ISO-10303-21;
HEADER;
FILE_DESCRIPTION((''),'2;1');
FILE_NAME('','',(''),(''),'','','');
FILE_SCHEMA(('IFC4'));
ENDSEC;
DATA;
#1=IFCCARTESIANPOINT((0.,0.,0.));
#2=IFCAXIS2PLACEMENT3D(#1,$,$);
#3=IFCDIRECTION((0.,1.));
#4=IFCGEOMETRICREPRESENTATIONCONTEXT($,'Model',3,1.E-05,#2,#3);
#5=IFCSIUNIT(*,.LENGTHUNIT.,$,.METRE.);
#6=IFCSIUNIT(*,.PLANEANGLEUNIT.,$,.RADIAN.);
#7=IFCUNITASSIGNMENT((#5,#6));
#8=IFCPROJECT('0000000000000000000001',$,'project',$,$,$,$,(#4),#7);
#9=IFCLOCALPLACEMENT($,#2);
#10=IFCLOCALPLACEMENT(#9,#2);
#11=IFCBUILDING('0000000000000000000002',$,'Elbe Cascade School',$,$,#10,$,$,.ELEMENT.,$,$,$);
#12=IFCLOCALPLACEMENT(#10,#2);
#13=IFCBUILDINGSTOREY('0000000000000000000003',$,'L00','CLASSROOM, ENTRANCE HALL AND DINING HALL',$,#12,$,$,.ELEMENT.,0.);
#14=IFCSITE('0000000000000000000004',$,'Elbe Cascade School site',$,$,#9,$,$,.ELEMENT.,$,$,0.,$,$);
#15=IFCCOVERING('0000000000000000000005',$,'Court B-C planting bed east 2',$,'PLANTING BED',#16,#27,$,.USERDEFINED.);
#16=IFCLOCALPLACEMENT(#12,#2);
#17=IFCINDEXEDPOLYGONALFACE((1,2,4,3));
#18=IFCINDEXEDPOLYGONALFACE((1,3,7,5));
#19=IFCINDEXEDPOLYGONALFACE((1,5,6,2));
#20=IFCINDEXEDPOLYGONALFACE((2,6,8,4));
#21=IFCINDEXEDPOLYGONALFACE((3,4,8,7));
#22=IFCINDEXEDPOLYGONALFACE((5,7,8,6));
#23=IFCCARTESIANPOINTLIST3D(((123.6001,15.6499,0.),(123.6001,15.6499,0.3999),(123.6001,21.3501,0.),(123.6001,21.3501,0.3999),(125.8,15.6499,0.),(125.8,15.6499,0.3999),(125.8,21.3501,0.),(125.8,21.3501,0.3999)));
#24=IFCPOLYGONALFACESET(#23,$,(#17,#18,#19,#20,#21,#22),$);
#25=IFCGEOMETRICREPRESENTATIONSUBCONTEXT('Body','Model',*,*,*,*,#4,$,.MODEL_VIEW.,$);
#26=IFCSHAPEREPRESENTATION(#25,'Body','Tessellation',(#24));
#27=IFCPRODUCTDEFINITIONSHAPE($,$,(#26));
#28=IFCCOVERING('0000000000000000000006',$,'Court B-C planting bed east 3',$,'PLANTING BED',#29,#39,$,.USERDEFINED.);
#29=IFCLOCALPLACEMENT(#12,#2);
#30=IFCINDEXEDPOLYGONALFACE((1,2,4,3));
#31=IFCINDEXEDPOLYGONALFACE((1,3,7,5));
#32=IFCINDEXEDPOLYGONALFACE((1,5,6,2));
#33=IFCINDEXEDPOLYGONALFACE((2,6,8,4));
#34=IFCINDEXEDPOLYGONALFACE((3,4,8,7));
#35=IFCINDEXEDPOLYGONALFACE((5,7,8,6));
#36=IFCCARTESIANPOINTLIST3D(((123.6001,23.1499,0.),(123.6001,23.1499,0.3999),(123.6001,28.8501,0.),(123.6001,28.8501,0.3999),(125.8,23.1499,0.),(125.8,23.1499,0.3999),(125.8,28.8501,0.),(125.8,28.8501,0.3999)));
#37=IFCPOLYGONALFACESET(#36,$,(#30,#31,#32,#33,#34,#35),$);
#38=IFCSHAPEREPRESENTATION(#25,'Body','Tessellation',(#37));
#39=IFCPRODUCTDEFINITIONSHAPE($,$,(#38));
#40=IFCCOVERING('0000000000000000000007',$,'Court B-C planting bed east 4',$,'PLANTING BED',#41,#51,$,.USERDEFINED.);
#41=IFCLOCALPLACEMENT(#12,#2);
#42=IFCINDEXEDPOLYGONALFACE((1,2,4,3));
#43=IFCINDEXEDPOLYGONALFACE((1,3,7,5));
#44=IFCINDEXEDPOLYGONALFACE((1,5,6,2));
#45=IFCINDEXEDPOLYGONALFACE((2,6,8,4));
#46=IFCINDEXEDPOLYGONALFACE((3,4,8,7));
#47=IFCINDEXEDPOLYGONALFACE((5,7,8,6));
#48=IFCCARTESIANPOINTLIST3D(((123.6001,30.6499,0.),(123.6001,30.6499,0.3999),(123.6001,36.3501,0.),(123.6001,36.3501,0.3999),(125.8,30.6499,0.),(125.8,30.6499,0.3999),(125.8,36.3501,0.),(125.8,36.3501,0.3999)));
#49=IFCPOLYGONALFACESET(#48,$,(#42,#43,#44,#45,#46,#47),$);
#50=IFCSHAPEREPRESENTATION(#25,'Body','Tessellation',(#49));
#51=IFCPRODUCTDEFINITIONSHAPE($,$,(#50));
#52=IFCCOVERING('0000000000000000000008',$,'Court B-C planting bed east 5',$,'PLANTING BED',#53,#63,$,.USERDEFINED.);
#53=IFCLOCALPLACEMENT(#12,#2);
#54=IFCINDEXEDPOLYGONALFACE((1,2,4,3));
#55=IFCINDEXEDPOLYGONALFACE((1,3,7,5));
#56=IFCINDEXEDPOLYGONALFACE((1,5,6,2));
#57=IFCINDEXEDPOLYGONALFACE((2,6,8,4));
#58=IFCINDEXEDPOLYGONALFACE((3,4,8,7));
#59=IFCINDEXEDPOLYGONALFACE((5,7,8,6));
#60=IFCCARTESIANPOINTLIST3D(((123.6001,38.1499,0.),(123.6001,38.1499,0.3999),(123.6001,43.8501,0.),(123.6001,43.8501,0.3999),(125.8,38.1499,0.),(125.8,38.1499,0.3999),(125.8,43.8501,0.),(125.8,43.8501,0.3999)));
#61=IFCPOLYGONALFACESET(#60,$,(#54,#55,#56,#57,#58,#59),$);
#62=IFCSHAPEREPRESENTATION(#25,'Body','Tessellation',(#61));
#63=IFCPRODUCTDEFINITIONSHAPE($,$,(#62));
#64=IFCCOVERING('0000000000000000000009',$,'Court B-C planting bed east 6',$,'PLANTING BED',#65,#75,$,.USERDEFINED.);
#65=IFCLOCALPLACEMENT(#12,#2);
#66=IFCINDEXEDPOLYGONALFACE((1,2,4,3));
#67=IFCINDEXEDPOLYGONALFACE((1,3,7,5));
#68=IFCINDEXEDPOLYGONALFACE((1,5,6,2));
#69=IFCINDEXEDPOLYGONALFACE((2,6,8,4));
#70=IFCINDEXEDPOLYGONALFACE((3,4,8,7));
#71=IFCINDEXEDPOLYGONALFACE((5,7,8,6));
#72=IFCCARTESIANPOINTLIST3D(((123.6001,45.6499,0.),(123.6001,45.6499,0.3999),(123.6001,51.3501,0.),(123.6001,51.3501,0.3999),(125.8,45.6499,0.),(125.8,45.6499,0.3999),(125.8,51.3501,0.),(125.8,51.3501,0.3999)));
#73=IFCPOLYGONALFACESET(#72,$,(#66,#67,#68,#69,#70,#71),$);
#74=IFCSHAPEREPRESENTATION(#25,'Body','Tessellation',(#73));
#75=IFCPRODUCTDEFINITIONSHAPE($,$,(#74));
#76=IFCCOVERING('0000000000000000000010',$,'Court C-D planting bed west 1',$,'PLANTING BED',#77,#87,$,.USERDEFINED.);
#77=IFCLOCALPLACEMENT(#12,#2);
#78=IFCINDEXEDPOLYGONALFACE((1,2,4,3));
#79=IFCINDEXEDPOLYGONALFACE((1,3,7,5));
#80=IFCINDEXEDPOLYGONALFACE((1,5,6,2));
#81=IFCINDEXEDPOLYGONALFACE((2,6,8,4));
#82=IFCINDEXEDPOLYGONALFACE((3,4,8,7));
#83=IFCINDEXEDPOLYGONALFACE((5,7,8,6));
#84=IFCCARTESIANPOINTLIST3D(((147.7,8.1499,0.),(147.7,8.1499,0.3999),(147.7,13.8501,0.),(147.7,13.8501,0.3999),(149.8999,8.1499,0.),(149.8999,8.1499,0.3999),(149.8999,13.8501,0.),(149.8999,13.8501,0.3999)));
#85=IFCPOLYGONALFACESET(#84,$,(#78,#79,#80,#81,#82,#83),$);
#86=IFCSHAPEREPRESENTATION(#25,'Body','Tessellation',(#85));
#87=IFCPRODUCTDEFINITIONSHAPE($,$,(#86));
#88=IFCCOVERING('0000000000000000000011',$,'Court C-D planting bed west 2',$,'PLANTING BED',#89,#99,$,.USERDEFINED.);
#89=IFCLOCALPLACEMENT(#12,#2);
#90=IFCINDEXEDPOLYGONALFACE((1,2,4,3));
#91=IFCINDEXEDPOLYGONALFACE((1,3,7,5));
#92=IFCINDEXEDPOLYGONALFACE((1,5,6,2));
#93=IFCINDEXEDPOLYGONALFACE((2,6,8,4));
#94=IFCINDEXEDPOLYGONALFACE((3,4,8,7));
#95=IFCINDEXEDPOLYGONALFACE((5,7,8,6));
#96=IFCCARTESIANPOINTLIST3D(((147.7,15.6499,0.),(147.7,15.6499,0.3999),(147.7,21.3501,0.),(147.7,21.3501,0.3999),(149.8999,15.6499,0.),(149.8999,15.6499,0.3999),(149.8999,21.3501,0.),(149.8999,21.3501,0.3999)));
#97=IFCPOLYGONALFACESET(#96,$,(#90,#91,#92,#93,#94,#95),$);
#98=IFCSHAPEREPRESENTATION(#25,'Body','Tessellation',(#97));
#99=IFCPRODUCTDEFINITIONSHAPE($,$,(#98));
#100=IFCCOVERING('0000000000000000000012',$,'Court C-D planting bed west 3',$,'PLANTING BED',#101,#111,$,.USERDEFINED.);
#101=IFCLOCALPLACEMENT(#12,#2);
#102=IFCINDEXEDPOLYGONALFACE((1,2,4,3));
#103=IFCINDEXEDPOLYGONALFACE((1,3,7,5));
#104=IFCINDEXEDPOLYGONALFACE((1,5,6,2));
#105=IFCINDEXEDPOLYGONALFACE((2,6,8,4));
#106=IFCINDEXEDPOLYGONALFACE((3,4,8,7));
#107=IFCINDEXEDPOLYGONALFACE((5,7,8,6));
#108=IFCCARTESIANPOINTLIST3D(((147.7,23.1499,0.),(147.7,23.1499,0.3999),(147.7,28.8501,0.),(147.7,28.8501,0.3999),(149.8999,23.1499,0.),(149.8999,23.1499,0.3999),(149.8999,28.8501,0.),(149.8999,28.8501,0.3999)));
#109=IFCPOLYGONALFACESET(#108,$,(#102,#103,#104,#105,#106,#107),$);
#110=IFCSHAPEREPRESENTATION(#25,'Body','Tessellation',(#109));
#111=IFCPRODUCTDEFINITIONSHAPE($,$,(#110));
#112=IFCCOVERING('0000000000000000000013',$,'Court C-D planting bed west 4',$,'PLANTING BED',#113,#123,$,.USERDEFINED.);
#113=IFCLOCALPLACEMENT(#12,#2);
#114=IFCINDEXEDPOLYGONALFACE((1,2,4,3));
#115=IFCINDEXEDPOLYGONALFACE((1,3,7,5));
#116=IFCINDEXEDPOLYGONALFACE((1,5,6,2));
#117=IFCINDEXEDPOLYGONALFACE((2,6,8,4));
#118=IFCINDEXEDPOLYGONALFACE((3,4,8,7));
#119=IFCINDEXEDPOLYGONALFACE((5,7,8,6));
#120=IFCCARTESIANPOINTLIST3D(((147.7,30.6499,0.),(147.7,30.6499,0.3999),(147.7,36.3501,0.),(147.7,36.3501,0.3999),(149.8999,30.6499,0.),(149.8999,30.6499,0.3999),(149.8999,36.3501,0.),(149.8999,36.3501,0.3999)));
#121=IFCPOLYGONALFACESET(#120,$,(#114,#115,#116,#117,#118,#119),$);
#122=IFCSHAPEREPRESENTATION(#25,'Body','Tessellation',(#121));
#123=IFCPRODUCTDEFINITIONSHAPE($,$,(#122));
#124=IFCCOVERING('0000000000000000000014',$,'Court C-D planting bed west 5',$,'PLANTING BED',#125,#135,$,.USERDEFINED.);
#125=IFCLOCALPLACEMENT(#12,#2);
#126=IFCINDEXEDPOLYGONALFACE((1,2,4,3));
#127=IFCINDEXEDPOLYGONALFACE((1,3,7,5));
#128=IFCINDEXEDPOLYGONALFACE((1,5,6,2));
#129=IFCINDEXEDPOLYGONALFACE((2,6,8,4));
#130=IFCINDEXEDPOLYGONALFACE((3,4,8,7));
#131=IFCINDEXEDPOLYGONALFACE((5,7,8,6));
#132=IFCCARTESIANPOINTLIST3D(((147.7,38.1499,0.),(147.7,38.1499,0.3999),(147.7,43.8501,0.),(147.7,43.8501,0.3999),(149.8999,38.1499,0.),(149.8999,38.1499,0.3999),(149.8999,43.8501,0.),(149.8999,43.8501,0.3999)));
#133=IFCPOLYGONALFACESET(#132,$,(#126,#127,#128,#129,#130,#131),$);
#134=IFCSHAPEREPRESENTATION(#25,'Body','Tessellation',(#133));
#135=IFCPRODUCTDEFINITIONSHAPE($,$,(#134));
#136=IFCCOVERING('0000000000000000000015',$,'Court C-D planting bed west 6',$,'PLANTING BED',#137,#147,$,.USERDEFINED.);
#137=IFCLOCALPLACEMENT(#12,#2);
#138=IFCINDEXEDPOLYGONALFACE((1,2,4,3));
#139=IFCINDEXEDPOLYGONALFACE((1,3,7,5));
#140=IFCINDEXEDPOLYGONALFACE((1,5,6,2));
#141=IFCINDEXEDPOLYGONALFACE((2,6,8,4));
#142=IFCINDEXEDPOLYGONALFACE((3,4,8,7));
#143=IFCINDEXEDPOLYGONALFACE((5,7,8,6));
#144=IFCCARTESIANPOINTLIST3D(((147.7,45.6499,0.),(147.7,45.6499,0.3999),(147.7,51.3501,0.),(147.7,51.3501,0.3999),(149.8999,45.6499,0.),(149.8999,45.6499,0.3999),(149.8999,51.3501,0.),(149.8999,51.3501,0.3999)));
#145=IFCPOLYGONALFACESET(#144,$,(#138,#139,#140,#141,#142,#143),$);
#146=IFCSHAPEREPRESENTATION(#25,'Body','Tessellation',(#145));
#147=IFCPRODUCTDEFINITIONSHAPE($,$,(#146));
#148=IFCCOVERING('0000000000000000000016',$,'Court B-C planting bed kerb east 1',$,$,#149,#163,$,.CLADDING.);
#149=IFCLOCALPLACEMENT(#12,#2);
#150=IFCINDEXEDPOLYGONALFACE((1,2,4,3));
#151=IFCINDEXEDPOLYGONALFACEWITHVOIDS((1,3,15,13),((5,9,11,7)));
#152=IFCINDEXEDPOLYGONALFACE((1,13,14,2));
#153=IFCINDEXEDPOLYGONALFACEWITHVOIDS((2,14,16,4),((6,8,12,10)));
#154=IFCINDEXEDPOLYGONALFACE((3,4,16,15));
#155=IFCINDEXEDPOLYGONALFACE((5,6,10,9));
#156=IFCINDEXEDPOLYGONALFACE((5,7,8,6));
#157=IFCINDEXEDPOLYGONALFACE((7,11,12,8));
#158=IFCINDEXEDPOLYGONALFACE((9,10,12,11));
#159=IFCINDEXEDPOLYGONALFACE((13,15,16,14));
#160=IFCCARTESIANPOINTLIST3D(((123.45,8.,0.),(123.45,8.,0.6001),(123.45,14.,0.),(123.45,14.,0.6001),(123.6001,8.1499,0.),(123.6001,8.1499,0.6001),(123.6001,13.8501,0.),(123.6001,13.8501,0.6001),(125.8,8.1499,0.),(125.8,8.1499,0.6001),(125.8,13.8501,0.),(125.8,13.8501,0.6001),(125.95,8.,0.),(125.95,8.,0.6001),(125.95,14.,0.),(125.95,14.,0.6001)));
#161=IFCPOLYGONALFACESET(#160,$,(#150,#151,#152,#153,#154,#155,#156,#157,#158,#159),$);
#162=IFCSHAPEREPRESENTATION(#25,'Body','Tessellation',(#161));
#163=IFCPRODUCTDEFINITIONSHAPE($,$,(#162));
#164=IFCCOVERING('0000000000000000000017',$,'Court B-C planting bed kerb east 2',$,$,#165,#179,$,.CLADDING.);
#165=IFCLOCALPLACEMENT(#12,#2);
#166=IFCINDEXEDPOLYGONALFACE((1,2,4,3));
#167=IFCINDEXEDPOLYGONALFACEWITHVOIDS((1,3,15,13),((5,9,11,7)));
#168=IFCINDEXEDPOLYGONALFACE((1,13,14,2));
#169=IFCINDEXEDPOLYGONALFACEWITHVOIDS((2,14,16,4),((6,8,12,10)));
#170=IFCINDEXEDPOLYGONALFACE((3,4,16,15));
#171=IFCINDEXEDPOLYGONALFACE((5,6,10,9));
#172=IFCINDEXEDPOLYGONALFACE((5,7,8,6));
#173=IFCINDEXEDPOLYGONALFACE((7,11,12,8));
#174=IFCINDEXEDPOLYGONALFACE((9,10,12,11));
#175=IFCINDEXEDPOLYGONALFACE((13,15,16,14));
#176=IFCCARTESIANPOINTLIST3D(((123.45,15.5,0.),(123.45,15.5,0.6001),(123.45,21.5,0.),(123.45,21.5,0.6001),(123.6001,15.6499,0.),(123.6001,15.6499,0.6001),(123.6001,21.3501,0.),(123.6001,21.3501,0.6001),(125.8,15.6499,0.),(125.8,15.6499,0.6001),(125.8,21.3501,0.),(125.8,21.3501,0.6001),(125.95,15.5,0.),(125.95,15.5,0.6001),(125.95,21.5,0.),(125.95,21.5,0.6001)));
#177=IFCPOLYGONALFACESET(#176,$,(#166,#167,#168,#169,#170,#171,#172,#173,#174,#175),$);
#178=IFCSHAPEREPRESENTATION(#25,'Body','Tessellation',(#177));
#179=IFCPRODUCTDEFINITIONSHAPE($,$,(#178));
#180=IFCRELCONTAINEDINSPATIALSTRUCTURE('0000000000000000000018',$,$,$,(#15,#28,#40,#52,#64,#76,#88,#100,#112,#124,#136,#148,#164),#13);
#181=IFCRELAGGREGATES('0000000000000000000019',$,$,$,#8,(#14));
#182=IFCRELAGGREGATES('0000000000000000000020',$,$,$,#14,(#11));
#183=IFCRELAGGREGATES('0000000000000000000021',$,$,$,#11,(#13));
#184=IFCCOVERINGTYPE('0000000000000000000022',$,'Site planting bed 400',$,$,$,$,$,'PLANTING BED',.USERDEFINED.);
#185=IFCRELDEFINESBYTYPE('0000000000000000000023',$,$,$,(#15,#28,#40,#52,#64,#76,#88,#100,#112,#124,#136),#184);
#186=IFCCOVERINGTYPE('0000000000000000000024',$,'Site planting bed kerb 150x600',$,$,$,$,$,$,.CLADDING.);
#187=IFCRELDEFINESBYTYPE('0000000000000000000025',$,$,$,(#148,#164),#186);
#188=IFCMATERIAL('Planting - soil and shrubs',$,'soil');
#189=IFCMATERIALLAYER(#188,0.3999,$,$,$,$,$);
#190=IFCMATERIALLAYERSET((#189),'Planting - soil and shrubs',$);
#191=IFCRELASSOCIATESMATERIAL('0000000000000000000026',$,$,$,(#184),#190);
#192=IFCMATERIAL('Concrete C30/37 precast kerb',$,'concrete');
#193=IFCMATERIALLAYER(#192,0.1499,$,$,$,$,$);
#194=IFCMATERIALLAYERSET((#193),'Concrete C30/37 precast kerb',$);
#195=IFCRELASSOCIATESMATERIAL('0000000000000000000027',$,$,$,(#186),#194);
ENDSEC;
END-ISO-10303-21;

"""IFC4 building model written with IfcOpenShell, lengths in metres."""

from ifc_helpers import new_model, si_unit, direction, origin, place, context, subcontext, project, spatial, polyline, outline, extrude, material, layer, layer_set, type_object, element, save


model = new_model("IFC4")

# Units and contexts
model_context = context("Model", 3, precision=1e-05, world=origin(), true_north=direction((0.0, 1.0)))
body_context = subcontext(model_context, "Body", "Model", "MODEL_VIEW")
ifc_project = project(units=[si_unit("LENGTHUNIT", "METRE"), si_unit("PLANEANGLEUNIT", "RADIAN")], contexts=[model_context])

# Site, building, storey
site_placement = place(None, origin())
site = spatial("IfcSite", under=ifc_project, at=site_placement, Name="Elbe Cascade School site", CompositionType="ELEMENT", RefElevation=0.0)
building_placement = place(site_placement, origin())
building = spatial("IfcBuilding", under=site, at=building_placement, Name="Elbe Cascade School", CompositionType="ELEMENT")
storey_placement = place(building_placement, origin())
storey = spatial("IfcBuildingStorey", under=building, at=storey_placement, Name="L00", Description="CLASSROOM, ENTRANCE HALL AND DINING HALL", CompositionType="ELEMENT", Elevation=0.0)

# Coverings
ifc_material_1 = material(Name="Planting - soil and shrubs", Category="soil")
ifc_layer_1 = layer(ifc_material_1, 0.3999)
ifc_layer_set_1 = layer_set([ifc_layer_1], Name="Planting - soil and shrubs")
covering_type_1 = type_object("IfcCoveringType", Name="Site planting bed 400", ElementType="PLANTING BED", PredefinedType="USERDEFINED", material=ifc_layer_set_1)
covering_1_placement = place(storey_placement, origin())
element("IfcCovering", 1, at=covering_1_placement, inside=storey, type_object=covering_type_1, Name="Court B-C planting bed east 2", ObjectType="PLANTING BED", PredefinedType="USERDEFINED", context=body_context, shape_type="SweptSolid", body=[
    extrude(outline(polyline([(123.6001, 15.6499), (125.8, 15.6499), (125.8, 21.3501), (123.6001, 21.3501), (123.6001, 15.6499)])), origin(), (0.0, 0.0, 1.0), 0.3999),
])
covering_2_placement = place(storey_placement, origin())
element("IfcCovering", 2, at=covering_2_placement, inside=storey, type_object=covering_type_1, Name="Court B-C planting bed east 3", ObjectType="PLANTING BED", PredefinedType="USERDEFINED", context=body_context, shape_type="SweptSolid", body=[
    extrude(outline(polyline([(123.6001, 23.1499), (125.8, 23.1499), (125.8, 28.8501), (123.6001, 28.8501), (123.6001, 23.1499)])), origin(), (0.0, 0.0, 1.0), 0.3999),
])
covering_3_placement = place(storey_placement, origin())
element("IfcCovering", 3, at=covering_3_placement, inside=storey, type_object=covering_type_1, Name="Court B-C planting bed east 4", ObjectType="PLANTING BED", PredefinedType="USERDEFINED", context=body_context, shape_type="SweptSolid", body=[
    extrude(outline(polyline([(123.6001, 30.6499), (125.8, 30.6499), (125.8, 36.3501), (123.6001, 36.3501), (123.6001, 30.6499)])), origin(), (0.0, 0.0, 1.0), 0.3999),
])
covering_4_placement = place(storey_placement, origin())
element("IfcCovering", 4, at=covering_4_placement, inside=storey, type_object=covering_type_1, Name="Court B-C planting bed east 5", ObjectType="PLANTING BED", PredefinedType="USERDEFINED", context=body_context, shape_type="SweptSolid", body=[
    extrude(outline(polyline([(123.6001, 38.1499), (125.8, 38.1499), (125.8, 43.8501), (123.6001, 43.8501), (123.6001, 38.1499)])), origin(), (0.0, 0.0, 1.0), 0.3999),
])
covering_5_placement = place(storey_placement, origin())
element("IfcCovering", 5, at=covering_5_placement, inside=storey, type_object=covering_type_1, Name="Court B-C planting bed east 6", ObjectType="PLANTING BED", PredefinedType="USERDEFINED", context=body_context, shape_type="SweptSolid", body=[
    extrude(outline(polyline([(123.6001, 45.6499), (125.8, 45.6499), (125.8, 51.3501), (123.6001, 51.3501), (123.6001, 45.6499)])), origin(), (0.0, 0.0, 1.0), 0.3999),
])
covering_6_placement = place(storey_placement, origin())
element("IfcCovering", 6, at=covering_6_placement, inside=storey, type_object=covering_type_1, Name="Court C-D planting bed west 1", ObjectType="PLANTING BED", PredefinedType="USERDEFINED", context=body_context, shape_type="SweptSolid", body=[
    extrude(outline(polyline([(147.7, 8.1499), (149.8999, 8.1499), (149.8999, 13.8501), (147.7, 13.8501), (147.7, 8.1499)])), origin(), (0.0, 0.0, 1.0), 0.3999),
])
covering_7_placement = place(storey_placement, origin())
element("IfcCovering", 7, at=covering_7_placement, inside=storey, type_object=covering_type_1, Name="Court C-D planting bed west 2", ObjectType="PLANTING BED", PredefinedType="USERDEFINED", context=body_context, shape_type="SweptSolid", body=[
    extrude(outline(polyline([(147.7, 15.6499), (149.8999, 15.6499), (149.8999, 21.3501), (147.7, 21.3501), (147.7, 15.6499)])), origin(), (0.0, 0.0, 1.0), 0.3999),
])
covering_8_placement = place(storey_placement, origin())
element("IfcCovering", 8, at=covering_8_placement, inside=storey, type_object=covering_type_1, Name="Court C-D planting bed west 3", ObjectType="PLANTING BED", PredefinedType="USERDEFINED", context=body_context, shape_type="SweptSolid", body=[
    extrude(outline(polyline([(147.7, 23.1499), (149.8999, 23.1499), (149.8999, 28.8501), (147.7, 28.8501), (147.7, 23.1499)])), origin(), (0.0, 0.0, 1.0), 0.3999),
])
covering_9_placement = place(storey_placement, origin())
element("IfcCovering", 9, at=covering_9_placement, inside=storey, type_object=covering_type_1, Name="Court C-D planting bed west 4", ObjectType="PLANTING BED", PredefinedType="USERDEFINED", context=body_context, shape_type="SweptSolid", body=[
    extrude(outline(polyline([(147.7, 30.6499), (149.8999, 30.6499), (149.8999, 36.3501), (147.7, 36.3501), (147.7, 30.6499)])), origin(), (0.0, 0.0, 1.0), 0.3999),
])
covering_10_placement = place(storey_placement, origin())
element("IfcCovering", 10, at=covering_10_placement, inside=storey, type_object=covering_type_1, Name="Court C-D planting bed west 5", ObjectType="PLANTING BED", PredefinedType="USERDEFINED", context=body_context, shape_type="SweptSolid", body=[
    extrude(outline(polyline([(147.7, 38.1499), (149.8999, 38.1499), (149.8999, 43.8501), (147.7, 43.8501), (147.7, 38.1499)])), origin(), (0.0, 0.0, 1.0), 0.3999),
])
covering_11_placement = place(storey_placement, origin())
element("IfcCovering", 11, at=covering_11_placement, inside=storey, type_object=covering_type_1, Name="Court C-D planting bed west 6", ObjectType="PLANTING BED", PredefinedType="USERDEFINED", context=body_context, shape_type="SweptSolid", body=[
    extrude(outline(polyline([(147.7, 45.6499), (149.8999, 45.6499), (149.8999, 51.3501), (147.7, 51.3501), (147.7, 45.6499)])), origin(), (0.0, 0.0, 1.0), 0.3999),
])
ifc_material_2 = material(Name="Concrete C30/37 precast kerb", Category="concrete")
ifc_layer_2 = layer(ifc_material_2, 0.1499)
ifc_layer_set_2 = layer_set([ifc_layer_2], Name="Concrete C30/37 precast kerb")
covering_type_2 = type_object("IfcCoveringType", Name="Site planting bed kerb 150x600", PredefinedType="CLADDING", material=ifc_layer_set_2)
covering_12_placement = place(storey_placement, origin())
element("IfcCovering", 12, at=covering_12_placement, inside=storey, type_object=covering_type_2, Name="Court B-C planting bed kerb east 1", PredefinedType="CLADDING", context=body_context, shape_type="SweptSolid", body=[
    extrude(outline(polyline([(123.45, 8.0), (125.95, 8.0), (125.95, 14.0), (123.45, 14.0), (123.45, 8.0)]), holes=[polyline([(123.6001, 8.1499), (125.8, 8.1499), (125.8, 13.8501), (123.6001, 13.8501), (123.6001, 8.1499)])]), origin(), (0.0, 0.0, 1.0), 0.6001),
])
covering_13_placement = place(storey_placement, origin())
element("IfcCovering", 13, at=covering_13_placement, inside=storey, type_object=covering_type_2, Name="Court B-C planting bed kerb east 2", PredefinedType="CLADDING", context=body_context, shape_type="SweptSolid", body=[
    extrude(outline(polyline([(123.45, 15.5), (125.95, 15.5), (125.95, 21.5), (123.45, 21.5), (123.45, 15.5)]), holes=[polyline([(123.6001, 15.6499), (125.8, 15.6499), (125.8, 21.3501), (123.6001, 21.3501), (123.6001, 15.6499)])]), origin(), (0.0, 0.0, 1.0), 0.6001),
])

save(model, "model.ifc")
